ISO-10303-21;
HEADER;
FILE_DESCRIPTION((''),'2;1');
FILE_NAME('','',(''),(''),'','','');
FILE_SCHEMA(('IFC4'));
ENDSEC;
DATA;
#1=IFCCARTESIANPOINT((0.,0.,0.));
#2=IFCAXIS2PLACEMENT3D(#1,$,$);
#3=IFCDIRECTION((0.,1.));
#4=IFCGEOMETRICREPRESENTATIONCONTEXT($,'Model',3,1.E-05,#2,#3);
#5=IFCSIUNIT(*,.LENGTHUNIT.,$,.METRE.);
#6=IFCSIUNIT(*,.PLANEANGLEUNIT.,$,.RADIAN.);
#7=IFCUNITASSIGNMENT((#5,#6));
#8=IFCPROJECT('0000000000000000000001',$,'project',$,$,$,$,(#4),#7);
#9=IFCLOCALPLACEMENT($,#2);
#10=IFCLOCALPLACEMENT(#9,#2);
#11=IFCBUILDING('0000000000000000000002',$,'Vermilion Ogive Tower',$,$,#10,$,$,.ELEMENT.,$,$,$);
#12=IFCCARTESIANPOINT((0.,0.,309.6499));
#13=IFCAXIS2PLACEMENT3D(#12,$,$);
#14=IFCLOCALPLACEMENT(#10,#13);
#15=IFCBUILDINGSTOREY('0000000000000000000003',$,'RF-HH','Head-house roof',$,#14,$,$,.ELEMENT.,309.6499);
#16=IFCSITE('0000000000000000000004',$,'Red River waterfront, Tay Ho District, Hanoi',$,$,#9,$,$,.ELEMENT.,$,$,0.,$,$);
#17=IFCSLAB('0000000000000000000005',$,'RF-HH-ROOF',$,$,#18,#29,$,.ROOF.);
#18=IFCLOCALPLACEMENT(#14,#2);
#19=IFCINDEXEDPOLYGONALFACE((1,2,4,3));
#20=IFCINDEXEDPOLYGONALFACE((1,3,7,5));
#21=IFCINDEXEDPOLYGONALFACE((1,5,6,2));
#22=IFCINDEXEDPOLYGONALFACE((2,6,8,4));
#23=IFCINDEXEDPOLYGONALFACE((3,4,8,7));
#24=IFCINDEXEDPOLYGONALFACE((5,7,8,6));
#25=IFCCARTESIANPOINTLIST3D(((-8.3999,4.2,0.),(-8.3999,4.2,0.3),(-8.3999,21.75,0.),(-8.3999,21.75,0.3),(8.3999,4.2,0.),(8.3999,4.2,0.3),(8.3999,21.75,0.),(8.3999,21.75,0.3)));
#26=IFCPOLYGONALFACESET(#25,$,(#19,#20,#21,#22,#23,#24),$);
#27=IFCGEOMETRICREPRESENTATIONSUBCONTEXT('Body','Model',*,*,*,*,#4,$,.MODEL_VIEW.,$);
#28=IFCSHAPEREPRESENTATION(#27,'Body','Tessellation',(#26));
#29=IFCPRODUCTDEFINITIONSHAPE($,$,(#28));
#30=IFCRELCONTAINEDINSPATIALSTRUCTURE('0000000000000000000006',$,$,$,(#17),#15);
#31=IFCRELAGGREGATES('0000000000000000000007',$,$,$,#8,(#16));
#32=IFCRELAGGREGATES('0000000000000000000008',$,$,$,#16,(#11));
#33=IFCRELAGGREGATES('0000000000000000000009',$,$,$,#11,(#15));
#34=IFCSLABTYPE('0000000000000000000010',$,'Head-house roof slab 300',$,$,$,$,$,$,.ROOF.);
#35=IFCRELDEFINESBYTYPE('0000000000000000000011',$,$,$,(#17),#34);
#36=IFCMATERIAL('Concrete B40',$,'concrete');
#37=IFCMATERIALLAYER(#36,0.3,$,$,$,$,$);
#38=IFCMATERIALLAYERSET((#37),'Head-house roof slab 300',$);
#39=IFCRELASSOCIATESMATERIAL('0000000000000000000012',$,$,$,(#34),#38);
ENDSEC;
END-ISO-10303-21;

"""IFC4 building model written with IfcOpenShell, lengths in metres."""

from ifc_helpers import new_model, si_unit, direction, frame, origin, place, context, subcontext, project, spatial, polyline, outline, extrude, material, layer, layer_set, type_object, element, save


model = new_model("IFC4")

# Units and contexts
model_context = context("Model", 3, precision=1e-05, world=origin(), true_north=direction((0.0, 1.0)))
body_context = subcontext(model_context, "Body", "Model", "MODEL_VIEW")
ifc_project = project(units=[si_unit("LENGTHUNIT", "METRE"), si_unit("PLANEANGLEUNIT", "RADIAN")], contexts=[model_context])

# Site, building, storey
site_placement = place(None, origin())
site = spatial("IfcSite", under=ifc_project, at=site_placement, Name="Red River waterfront, Tay Ho District, Hanoi", CompositionType="ELEMENT", RefElevation=0.0)
building_placement = place(site_placement, origin())
building = spatial("IfcBuilding", under=site, at=building_placement, Name="Vermilion Ogive Tower", CompositionType="ELEMENT")
storey_placement = place(building_placement, frame((0.0, 0.0, 309.6499)))
storey = spatial("IfcBuildingStorey", under=building, at=storey_placement, Name="RF-HH", Description="Head-house roof", CompositionType="ELEMENT", Elevation=309.6499)

# Slab
ifc_material = material(Name="Concrete B40", Category="concrete")
ifc_layer = layer(ifc_material, 0.3)
ifc_layer_set = layer_set([ifc_layer], Name="Head-house roof slab 300")
slab_type = type_object("IfcSlabType", Name="Head-house roof slab 300", PredefinedType="ROOF", material=ifc_layer_set)
slab_placement = place(storey_placement, origin())
element("IfcSlab", 1, at=slab_placement, inside=storey, type_object=slab_type, Name="RF-HH-ROOF", PredefinedType="ROOF", context=body_context, shape_type="SweptSolid", body=[
    extrude(outline(polyline([(-8.3999, 4.2), (8.3999, 4.2), (8.3999, 21.75), (-8.3999, 21.75), (-8.3999, 4.2)])), origin(), (0.0, 0.0, 1.0), 0.3),
])

save(model, "model.ifc")
